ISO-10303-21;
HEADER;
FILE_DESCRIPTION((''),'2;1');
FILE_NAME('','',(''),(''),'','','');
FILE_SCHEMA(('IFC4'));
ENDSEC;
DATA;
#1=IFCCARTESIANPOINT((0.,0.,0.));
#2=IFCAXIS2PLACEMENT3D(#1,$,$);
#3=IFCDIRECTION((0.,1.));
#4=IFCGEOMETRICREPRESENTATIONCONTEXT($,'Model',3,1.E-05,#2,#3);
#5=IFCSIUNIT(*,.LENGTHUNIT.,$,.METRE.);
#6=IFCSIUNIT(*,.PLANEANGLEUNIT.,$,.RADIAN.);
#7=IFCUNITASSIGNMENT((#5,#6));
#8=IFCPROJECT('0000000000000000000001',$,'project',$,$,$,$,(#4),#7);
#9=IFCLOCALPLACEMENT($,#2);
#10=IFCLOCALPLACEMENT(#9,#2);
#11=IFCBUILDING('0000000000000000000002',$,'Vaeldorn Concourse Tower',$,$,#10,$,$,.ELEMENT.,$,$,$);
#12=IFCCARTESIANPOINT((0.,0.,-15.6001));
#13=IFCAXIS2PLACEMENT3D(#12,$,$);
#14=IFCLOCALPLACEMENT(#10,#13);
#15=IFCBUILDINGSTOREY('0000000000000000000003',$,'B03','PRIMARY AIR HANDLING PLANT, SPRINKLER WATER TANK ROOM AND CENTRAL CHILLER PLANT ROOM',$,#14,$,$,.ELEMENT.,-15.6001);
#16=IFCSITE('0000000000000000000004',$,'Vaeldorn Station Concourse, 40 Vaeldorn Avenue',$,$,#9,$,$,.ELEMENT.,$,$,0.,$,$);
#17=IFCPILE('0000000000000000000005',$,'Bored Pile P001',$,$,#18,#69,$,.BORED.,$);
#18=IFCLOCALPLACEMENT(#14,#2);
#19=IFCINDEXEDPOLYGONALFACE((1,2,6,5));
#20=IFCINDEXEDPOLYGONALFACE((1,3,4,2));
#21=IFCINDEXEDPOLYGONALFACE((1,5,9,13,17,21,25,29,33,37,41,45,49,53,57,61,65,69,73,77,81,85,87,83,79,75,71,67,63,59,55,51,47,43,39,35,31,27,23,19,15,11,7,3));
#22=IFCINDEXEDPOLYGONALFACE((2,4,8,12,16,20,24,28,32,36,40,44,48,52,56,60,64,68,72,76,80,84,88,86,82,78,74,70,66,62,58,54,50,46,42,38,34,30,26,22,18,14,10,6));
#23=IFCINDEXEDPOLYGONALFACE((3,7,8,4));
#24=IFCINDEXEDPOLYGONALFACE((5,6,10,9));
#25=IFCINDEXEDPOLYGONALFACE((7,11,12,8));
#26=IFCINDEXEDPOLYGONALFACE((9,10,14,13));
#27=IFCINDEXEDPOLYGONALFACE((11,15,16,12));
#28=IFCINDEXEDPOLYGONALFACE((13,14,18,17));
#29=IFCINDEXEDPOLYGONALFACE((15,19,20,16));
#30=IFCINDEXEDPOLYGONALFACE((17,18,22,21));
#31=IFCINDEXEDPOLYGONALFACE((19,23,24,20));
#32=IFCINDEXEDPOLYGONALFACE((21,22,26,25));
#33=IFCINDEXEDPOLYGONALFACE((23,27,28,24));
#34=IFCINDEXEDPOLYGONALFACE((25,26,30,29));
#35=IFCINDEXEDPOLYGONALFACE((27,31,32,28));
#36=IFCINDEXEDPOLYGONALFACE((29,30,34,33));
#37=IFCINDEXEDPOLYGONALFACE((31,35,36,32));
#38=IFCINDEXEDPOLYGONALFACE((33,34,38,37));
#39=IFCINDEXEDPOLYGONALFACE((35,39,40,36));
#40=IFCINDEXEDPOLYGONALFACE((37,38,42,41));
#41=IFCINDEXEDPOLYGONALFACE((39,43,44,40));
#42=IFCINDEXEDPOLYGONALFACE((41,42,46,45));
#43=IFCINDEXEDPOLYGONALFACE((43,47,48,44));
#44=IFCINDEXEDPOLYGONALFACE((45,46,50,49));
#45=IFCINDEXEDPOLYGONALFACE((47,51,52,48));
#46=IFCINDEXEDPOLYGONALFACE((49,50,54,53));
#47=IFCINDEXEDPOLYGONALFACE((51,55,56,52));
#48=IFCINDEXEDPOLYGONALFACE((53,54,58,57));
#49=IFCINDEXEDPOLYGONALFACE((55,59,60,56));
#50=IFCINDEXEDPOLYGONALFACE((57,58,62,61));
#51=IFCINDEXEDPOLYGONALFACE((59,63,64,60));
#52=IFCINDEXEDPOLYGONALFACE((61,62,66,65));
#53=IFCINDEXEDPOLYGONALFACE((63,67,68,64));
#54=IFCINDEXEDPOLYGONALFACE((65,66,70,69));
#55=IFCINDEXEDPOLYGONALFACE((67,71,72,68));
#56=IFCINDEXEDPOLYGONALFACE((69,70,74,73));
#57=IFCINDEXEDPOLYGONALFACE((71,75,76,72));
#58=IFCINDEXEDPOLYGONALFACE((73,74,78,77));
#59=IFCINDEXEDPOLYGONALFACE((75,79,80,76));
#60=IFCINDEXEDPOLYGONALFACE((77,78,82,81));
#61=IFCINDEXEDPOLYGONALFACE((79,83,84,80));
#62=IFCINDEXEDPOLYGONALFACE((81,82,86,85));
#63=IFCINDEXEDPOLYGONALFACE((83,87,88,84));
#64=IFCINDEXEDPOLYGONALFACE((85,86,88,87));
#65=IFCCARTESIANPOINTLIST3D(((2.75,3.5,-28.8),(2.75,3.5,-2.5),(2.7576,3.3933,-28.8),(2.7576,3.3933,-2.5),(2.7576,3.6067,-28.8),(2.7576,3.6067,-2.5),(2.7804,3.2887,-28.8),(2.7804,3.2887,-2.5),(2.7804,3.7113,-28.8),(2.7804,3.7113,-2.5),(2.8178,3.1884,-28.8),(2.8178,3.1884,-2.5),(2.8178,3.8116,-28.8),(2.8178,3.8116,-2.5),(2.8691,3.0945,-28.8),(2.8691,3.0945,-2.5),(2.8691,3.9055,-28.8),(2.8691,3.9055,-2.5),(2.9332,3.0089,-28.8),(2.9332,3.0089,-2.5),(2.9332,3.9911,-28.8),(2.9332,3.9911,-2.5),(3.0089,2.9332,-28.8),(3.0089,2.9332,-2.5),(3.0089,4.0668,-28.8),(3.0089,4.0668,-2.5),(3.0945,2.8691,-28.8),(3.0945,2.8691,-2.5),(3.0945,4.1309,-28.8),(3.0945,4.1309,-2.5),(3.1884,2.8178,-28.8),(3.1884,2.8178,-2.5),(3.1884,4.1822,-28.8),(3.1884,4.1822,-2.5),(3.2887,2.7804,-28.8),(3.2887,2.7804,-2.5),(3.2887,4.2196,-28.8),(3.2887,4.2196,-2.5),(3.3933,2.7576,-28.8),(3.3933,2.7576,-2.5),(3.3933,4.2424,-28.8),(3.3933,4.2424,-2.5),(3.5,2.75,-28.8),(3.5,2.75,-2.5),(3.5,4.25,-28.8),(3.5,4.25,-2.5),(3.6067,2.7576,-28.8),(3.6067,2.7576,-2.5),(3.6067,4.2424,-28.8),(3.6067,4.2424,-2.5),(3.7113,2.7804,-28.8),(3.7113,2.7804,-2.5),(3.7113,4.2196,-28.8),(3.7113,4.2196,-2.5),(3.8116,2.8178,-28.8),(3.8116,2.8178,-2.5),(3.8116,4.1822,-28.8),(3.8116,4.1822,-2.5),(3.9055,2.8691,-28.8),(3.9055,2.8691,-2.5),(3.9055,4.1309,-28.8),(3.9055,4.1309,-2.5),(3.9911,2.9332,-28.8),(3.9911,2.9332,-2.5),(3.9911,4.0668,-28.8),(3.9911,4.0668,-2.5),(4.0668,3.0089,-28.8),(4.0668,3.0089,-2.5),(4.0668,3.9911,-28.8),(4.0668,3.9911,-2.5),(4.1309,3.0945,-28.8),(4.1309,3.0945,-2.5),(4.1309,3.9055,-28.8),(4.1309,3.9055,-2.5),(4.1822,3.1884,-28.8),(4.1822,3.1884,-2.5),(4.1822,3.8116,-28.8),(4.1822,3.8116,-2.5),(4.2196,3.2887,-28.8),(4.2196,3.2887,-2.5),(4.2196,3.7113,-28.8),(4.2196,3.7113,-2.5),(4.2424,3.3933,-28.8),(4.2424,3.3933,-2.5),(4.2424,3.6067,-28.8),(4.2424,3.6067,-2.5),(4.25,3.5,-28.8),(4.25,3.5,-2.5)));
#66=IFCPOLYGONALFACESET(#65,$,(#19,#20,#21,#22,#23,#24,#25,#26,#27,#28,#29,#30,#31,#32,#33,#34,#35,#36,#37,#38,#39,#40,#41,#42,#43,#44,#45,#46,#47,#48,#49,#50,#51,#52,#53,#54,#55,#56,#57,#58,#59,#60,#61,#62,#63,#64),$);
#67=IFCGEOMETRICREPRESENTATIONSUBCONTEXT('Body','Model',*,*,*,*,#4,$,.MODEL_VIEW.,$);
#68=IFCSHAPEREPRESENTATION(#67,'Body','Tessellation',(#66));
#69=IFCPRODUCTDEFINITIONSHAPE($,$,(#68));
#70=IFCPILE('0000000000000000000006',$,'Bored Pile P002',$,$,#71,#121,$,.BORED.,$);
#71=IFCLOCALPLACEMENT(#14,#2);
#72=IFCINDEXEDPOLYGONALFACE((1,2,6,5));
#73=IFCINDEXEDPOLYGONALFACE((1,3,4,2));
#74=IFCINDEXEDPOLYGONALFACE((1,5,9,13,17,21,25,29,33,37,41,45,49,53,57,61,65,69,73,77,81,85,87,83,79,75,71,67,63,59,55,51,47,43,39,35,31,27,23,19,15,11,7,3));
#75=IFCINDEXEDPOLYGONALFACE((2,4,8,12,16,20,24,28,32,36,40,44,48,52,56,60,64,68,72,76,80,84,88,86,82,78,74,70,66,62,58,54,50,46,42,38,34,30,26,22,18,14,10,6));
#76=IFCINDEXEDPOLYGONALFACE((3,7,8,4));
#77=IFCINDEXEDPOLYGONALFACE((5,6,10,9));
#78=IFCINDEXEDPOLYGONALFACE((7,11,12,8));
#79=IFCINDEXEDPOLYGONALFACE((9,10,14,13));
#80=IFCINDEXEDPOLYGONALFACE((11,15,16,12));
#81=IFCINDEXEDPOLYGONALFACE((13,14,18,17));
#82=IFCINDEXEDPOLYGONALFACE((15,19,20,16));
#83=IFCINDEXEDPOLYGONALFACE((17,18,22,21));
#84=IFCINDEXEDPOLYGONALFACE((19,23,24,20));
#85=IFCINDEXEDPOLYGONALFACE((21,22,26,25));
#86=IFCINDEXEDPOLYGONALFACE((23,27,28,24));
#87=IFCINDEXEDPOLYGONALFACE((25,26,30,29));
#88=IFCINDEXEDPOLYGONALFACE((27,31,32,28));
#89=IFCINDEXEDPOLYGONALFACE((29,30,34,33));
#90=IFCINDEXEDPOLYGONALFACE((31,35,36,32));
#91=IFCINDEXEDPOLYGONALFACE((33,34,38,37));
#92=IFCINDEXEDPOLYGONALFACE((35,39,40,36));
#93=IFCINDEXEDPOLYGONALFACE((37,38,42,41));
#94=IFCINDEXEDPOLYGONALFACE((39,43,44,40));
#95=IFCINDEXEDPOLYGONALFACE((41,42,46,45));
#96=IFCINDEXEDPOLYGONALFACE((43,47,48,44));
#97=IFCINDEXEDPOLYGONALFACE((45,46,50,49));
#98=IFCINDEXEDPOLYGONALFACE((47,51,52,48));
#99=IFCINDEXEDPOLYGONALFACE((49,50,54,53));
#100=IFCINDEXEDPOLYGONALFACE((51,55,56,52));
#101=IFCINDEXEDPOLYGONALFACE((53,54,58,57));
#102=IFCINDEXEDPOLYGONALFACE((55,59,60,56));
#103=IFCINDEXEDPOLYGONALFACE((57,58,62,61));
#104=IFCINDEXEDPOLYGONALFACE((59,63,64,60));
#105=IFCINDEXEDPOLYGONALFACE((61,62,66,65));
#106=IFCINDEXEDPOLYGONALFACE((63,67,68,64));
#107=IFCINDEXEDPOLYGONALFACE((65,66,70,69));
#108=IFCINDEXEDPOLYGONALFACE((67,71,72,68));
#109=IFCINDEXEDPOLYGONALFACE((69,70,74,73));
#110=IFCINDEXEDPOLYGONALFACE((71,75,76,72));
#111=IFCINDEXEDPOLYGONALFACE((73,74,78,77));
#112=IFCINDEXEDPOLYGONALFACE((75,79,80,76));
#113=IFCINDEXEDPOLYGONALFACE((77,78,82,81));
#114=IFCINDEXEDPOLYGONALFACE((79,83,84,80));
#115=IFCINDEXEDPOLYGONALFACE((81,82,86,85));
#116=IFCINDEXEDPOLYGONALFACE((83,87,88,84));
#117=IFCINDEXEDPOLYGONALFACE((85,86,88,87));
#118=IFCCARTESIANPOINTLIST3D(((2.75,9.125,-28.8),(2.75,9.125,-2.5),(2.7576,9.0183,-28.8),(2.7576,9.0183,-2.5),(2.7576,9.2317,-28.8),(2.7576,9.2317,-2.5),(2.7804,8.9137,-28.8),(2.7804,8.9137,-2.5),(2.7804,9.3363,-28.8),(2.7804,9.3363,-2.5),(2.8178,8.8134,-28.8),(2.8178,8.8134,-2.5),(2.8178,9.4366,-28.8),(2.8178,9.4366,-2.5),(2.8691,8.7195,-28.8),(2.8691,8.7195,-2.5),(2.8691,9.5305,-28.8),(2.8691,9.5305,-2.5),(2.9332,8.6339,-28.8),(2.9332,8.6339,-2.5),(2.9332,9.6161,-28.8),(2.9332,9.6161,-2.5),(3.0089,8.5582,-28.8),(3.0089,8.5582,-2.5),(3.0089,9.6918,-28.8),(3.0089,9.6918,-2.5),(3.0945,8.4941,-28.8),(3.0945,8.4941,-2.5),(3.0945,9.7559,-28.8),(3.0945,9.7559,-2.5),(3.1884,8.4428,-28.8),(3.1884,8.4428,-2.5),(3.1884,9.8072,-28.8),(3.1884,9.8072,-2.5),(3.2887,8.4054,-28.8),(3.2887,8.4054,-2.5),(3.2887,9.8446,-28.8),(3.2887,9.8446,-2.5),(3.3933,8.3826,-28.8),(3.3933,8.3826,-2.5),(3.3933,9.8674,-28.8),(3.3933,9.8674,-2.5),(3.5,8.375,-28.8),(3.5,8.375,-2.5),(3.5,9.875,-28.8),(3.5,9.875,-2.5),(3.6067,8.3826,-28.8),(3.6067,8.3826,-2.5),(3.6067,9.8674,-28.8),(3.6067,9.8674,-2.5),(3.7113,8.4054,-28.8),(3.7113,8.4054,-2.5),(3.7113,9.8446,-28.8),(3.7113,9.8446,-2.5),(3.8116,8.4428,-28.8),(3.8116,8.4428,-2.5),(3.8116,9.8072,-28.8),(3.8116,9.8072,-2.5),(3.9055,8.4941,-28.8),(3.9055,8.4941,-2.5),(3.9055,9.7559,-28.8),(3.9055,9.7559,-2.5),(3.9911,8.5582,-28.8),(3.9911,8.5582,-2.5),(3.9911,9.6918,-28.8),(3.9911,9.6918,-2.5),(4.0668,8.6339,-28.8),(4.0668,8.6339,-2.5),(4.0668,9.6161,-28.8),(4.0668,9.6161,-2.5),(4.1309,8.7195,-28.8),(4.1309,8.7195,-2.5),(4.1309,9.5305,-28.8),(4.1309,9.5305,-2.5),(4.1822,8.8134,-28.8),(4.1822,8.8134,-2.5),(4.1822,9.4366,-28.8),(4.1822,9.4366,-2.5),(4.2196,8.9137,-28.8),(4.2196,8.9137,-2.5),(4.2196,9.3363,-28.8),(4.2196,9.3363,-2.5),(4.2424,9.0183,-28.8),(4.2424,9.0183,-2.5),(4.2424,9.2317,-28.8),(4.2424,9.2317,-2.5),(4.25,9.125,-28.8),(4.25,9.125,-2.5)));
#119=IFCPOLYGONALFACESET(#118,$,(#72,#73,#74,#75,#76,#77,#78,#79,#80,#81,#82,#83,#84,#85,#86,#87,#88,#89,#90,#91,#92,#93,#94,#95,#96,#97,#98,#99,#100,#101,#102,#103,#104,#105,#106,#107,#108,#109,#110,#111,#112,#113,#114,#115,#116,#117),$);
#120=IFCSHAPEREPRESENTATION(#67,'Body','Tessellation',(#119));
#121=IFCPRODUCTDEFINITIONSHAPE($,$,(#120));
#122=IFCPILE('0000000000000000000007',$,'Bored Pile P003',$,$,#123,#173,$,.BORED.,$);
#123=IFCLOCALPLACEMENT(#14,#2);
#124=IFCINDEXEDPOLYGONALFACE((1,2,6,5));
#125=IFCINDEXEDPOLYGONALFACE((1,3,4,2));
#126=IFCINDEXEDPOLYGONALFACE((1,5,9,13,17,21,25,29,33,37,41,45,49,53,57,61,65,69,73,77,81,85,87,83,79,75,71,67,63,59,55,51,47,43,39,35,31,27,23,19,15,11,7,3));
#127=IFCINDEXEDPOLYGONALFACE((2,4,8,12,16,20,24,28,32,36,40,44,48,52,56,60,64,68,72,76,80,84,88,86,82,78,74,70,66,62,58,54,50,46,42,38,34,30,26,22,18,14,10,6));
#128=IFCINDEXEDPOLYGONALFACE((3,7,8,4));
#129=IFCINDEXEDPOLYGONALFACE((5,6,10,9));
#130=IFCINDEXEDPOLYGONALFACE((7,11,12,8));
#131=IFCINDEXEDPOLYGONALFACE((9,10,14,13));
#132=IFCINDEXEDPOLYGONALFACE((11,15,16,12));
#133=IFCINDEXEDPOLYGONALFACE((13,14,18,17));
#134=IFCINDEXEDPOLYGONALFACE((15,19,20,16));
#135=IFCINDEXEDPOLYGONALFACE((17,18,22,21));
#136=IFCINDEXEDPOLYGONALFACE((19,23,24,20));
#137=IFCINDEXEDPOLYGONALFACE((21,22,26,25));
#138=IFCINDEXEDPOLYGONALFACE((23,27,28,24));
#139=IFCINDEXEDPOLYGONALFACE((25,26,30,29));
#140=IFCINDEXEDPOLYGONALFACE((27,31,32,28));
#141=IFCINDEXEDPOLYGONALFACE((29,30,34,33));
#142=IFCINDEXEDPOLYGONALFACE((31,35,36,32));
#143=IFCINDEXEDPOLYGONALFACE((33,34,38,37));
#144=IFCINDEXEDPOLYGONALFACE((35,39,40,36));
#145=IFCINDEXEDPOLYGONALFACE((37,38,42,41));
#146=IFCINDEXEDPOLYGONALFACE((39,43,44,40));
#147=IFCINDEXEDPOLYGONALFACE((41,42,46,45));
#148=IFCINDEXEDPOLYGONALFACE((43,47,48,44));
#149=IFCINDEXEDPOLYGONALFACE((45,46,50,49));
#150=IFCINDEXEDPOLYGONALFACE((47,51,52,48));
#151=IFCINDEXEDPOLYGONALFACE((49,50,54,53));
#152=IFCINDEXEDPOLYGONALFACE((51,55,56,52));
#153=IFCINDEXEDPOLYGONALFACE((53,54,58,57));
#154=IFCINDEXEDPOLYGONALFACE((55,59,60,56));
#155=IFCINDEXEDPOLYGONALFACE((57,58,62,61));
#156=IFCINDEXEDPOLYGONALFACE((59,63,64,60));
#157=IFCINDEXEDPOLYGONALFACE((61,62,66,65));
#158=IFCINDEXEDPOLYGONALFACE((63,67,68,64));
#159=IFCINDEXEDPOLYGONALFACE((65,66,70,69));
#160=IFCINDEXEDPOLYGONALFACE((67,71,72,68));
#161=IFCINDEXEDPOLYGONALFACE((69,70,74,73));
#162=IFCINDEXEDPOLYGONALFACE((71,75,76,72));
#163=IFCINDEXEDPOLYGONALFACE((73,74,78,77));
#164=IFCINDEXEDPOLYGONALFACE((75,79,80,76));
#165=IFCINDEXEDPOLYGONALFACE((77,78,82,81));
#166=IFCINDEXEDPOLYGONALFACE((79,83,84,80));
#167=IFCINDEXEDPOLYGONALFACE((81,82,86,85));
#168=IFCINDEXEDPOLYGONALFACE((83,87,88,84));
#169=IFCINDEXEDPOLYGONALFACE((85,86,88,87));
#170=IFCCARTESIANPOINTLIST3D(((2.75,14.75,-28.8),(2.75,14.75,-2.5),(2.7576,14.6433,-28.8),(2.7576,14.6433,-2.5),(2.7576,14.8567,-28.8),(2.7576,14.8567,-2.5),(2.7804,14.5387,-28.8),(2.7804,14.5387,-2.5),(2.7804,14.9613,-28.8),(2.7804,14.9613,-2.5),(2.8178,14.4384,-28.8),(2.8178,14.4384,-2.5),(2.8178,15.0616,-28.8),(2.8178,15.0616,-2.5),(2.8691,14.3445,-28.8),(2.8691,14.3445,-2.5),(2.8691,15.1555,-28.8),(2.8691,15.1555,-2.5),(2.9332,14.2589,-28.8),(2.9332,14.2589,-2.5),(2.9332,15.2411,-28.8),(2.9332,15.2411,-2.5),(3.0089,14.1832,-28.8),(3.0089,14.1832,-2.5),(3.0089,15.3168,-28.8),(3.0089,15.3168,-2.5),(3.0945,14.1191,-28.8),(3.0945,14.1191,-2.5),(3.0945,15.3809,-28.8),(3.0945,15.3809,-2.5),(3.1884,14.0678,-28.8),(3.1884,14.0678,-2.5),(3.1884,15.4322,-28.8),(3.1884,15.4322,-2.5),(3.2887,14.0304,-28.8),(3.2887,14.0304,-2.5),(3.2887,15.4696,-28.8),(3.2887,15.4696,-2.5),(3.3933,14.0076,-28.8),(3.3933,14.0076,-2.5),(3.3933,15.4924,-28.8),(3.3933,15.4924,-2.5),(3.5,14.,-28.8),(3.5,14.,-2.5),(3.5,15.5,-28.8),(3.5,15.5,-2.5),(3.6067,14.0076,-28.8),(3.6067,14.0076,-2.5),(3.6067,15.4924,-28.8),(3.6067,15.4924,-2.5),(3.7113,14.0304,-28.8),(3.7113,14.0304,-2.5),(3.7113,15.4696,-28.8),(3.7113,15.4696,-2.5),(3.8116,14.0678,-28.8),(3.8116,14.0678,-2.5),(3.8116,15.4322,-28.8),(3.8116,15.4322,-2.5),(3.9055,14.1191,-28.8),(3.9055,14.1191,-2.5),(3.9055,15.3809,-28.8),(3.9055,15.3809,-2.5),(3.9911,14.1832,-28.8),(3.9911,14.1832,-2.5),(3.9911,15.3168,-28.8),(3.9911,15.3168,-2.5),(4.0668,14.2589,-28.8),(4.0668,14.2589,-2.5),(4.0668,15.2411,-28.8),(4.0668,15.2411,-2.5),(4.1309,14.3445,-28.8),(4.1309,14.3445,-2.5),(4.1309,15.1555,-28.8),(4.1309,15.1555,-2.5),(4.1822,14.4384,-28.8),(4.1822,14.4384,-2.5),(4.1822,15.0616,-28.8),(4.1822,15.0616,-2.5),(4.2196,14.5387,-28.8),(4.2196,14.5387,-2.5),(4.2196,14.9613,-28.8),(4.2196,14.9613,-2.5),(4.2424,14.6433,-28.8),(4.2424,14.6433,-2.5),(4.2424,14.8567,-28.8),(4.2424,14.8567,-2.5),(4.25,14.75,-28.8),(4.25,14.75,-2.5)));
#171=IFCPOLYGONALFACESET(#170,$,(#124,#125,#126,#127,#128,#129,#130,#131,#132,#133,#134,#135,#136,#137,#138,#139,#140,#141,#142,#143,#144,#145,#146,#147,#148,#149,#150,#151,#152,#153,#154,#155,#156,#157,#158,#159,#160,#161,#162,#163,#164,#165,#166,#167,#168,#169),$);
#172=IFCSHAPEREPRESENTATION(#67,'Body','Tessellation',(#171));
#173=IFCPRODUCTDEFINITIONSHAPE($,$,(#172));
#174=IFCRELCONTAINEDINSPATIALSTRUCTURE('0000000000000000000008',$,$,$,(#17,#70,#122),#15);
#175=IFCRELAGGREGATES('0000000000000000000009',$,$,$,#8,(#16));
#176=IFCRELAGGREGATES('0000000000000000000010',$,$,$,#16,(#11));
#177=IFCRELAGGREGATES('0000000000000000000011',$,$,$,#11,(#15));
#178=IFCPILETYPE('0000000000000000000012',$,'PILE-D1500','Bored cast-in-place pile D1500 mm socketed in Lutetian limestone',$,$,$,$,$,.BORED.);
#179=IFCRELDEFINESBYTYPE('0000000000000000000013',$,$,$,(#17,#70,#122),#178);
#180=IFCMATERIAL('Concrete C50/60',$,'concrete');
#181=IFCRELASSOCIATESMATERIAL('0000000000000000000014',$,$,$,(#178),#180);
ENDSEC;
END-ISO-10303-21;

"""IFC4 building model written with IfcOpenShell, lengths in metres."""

from ifc_helpers import new_model, si_unit, direction, frame, origin, origin_2d, place, context, subcontext, project, spatial, circle, extrude, material, material_profile, profile_set, type_object, element, save


model = new_model("IFC4")

# Units and contexts
model_context = context("Model", 3, precision=1e-05, world=origin(), true_north=direction((0.0, 1.0)))
body_context = subcontext(model_context, "Body", "Model", "MODEL_VIEW")
ifc_project = project(units=[si_unit("LENGTHUNIT", "METRE"), si_unit("PLANEANGLEUNIT", "RADIAN")], contexts=[model_context])

# Site, building, storey
site_placement = place(None, origin())
site = spatial("IfcSite", under=ifc_project, at=site_placement, Name="Vaeldorn Station Concourse, 40 Vaeldorn Avenue", CompositionType="ELEMENT", RefElevation=0.0)
building_placement = place(site_placement, origin())
building = spatial("IfcBuilding", under=site, at=building_placement, Name="Vaeldorn Concourse Tower", CompositionType="ELEMENT")
storey_placement = place(building_placement, frame((0.0, 0.0, -15.6001)))
storey = spatial("IfcBuildingStorey", under=building, at=storey_placement, Name="B03", Description="PRIMARY AIR HANDLING PLANT, SPRINKLER WATER TANK ROOM AND CENTRAL CHILLER PLANT ROOM", CompositionType="ELEMENT", Elevation=-15.6001)

# Piles
ifc_material_1 = material(Name="Concrete C50/60", Category="concrete")
ifc_material_profile_1 = material_profile(ifc_material_1, circle(Radius=0.75, at=origin_2d()), Name="BORED PILE D1500")
ifc_profile_set_1 = profile_set([ifc_material_profile_1], Name="Concrete C50/60")
pile_type = type_object("IfcPileType", Name="PILE-D1500", Description="Bored cast-in-place pile D1500 mm socketed in Lutetian limestone", PredefinedType="BORED", material=ifc_profile_set_1)
for number, where, z_axis, x_axis, name in (
    (1, (3.5, 3.5, -2.5), (0.0, 0.0, -1.0), (1.0, 0.0, 0.0), "Bored Pile P001"),
    (2, (3.5, 9.125, -2.5), (0.0, 0.0, -1.0), (1.0, 0.0, 0.0), "Bored Pile P002"),
    (3, (3.5, 14.75, -2.5), (0.0, 0.0, -1.0), (1.0, 0.0, 0.0), "Bored Pile P003"),
):
    element("IfcPile", number, at=place(storey_placement, frame(where, z_axis=z_axis, x_axis=x_axis)), inside=storey, type_object=pile_type, Name=name, PredefinedType="BORED", context=body_context, shape_type="SweptSolid", body=[
        extrude(circle(Radius=0.75, at=origin_2d()), origin(), (0.0, 0.0, 1.0), 26.3),
    ])

save(model, "model.ifc")
